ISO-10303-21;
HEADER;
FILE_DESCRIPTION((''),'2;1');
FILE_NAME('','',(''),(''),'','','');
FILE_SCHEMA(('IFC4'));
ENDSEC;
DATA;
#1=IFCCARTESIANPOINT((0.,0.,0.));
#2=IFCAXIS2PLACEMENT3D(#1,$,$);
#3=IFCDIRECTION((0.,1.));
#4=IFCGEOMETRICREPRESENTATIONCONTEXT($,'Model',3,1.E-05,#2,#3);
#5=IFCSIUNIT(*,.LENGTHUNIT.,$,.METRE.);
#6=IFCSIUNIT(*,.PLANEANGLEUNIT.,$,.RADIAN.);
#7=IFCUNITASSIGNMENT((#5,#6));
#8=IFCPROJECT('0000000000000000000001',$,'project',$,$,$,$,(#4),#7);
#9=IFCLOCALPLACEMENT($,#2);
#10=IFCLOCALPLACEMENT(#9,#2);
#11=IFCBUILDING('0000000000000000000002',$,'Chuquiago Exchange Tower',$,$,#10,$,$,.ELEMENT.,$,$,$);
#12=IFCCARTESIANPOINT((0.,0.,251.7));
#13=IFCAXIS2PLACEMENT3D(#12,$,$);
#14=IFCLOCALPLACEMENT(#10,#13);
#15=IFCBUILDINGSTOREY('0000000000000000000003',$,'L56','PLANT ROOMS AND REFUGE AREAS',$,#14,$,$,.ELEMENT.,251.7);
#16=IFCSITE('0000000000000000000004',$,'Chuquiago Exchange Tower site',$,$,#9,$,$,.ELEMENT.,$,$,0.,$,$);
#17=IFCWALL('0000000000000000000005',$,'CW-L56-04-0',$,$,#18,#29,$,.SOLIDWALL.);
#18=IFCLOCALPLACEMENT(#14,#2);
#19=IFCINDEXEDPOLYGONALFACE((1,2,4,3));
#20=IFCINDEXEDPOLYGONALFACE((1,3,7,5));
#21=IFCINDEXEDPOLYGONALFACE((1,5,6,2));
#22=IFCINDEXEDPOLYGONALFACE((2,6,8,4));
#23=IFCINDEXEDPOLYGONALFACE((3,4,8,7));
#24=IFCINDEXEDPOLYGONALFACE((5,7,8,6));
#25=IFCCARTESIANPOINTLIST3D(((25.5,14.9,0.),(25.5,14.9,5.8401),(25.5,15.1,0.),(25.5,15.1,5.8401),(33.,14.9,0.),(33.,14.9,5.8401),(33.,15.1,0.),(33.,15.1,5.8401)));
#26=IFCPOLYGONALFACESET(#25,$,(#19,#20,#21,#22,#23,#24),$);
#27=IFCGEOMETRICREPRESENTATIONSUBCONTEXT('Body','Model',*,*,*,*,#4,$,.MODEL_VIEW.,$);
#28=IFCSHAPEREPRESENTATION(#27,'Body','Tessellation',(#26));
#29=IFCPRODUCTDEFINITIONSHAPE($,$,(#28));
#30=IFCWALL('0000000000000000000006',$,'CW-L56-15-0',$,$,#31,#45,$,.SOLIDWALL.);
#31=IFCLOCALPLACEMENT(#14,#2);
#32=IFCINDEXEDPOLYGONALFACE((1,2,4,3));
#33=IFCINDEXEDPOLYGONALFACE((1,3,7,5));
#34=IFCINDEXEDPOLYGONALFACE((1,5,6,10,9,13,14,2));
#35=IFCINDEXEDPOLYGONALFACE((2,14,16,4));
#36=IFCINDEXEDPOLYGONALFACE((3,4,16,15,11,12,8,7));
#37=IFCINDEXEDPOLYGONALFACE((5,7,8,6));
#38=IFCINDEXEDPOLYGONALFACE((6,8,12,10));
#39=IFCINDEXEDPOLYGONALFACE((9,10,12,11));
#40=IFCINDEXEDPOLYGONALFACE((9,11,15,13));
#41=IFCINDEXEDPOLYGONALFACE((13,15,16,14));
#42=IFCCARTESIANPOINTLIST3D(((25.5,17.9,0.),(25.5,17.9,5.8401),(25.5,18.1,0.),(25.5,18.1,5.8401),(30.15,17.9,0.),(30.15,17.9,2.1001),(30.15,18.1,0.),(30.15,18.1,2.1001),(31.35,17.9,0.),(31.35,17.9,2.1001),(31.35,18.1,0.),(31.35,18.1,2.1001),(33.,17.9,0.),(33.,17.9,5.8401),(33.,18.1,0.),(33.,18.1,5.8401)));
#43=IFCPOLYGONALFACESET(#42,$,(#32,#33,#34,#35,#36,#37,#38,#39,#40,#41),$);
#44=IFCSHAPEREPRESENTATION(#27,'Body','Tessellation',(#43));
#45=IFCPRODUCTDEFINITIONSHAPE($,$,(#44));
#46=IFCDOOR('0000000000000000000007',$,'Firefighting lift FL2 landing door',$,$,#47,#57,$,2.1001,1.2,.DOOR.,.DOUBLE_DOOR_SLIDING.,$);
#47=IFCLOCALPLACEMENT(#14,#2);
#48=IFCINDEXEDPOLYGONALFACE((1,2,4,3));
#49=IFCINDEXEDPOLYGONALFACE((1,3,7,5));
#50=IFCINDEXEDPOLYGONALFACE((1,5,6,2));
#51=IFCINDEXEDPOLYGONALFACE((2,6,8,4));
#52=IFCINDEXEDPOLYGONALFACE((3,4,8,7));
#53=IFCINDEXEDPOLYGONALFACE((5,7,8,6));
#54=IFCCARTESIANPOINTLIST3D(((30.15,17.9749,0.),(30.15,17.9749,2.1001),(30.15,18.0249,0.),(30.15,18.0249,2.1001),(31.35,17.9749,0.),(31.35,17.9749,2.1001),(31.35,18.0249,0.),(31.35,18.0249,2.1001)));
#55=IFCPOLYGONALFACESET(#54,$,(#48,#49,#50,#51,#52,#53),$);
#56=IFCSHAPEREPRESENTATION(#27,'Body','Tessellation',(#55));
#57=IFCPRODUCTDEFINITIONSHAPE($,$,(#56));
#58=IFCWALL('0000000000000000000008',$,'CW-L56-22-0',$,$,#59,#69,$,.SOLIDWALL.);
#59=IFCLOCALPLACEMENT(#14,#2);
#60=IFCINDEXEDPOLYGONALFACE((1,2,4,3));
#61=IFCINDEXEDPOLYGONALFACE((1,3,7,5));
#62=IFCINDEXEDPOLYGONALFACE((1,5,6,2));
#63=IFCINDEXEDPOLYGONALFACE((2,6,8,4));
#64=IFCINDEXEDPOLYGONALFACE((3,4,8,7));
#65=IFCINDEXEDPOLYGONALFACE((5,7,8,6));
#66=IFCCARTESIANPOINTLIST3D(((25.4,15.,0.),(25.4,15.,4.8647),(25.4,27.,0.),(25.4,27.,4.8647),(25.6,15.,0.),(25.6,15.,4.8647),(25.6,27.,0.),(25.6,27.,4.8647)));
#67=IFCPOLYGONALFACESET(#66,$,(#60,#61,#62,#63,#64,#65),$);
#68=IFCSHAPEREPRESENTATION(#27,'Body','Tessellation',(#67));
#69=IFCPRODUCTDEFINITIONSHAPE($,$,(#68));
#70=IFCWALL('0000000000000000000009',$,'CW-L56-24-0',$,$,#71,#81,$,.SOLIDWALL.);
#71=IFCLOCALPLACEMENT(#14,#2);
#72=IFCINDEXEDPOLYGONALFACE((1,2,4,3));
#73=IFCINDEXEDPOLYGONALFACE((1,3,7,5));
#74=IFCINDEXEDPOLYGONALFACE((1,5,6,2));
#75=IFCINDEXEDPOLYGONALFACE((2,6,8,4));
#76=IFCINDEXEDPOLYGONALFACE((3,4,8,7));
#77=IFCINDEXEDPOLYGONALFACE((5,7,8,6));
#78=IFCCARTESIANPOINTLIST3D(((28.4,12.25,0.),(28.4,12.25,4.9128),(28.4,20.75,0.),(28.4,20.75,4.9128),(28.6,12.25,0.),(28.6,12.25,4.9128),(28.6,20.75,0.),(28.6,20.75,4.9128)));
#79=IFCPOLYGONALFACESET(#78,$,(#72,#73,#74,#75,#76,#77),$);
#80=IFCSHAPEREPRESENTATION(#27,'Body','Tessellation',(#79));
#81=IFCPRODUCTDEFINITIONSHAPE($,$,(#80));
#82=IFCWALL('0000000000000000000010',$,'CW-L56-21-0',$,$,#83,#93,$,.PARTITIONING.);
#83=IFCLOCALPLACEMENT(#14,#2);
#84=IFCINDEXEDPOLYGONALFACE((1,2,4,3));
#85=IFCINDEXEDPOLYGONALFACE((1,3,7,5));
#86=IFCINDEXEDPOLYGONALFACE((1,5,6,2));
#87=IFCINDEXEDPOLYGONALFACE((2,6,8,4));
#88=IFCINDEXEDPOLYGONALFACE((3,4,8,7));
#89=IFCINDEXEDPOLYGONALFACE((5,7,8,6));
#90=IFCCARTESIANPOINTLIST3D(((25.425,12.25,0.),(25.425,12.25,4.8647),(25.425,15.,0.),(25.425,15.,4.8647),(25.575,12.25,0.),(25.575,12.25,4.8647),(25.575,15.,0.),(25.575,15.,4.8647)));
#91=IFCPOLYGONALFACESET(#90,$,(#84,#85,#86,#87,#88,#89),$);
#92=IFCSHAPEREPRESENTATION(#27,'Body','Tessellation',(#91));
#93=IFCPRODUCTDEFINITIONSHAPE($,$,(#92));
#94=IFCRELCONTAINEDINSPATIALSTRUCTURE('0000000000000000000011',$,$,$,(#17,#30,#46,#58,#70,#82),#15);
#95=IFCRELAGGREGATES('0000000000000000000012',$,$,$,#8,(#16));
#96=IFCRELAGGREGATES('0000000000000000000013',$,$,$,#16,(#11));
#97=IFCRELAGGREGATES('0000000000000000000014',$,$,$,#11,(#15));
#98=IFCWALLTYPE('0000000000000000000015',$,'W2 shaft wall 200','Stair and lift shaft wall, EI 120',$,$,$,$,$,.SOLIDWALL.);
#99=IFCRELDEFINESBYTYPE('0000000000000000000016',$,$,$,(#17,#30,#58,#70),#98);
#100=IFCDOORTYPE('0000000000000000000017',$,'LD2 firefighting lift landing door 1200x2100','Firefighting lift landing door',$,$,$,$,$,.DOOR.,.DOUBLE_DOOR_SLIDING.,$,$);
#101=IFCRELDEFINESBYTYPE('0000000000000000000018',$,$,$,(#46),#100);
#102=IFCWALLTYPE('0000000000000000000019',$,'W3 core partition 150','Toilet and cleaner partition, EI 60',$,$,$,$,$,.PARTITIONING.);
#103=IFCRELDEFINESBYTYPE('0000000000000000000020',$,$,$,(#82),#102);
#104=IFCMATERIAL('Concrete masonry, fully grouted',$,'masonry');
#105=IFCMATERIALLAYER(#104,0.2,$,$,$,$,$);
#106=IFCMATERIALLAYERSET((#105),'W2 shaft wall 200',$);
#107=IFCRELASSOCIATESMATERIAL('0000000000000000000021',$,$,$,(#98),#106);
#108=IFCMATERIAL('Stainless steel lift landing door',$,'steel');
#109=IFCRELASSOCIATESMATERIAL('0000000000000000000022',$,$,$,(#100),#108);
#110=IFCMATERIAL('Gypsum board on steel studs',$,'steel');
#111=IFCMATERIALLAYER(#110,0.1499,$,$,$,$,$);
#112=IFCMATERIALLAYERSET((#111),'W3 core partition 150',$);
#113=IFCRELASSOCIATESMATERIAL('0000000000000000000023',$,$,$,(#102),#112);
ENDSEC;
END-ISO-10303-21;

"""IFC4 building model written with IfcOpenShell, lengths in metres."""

from ifc_helpers import new_model, si_unit, direction, frame, frame_2d, origin, place, context, subcontext, project, spatial, rectangle, extrude, material, layer, layer_set, type_object, element, fill, save


model = new_model("IFC4")

# Units and contexts
model_context = context("Model", 3, precision=1e-05, world=origin(), true_north=direction((0.0, 1.0)))
body_context = subcontext(model_context, "Body", "Model", "MODEL_VIEW")
ifc_project = project(units=[si_unit("LENGTHUNIT", "METRE"), si_unit("PLANEANGLEUNIT", "RADIAN")], contexts=[model_context])

# Site, building, storey
site_placement = place(None, origin())
site = spatial("IfcSite", under=ifc_project, at=site_placement, Name="Chuquiago Exchange Tower site", CompositionType="ELEMENT", RefElevation=0.0)
building_placement = place(site_placement, origin())
building = spatial("IfcBuilding", under=site, at=building_placement, Name="Chuquiago Exchange Tower", CompositionType="ELEMENT")
storey_placement = place(building_placement, frame((0.0, 0.0, 251.7)))
storey = spatial("IfcBuildingStorey", under=building, at=storey_placement, Name="L56", Description="PLANT ROOMS AND REFUGE AREAS", CompositionType="ELEMENT", Elevation=251.7)

# Wall
ifc_material_1 = material(Name="Concrete masonry, fully grouted", Category="masonry")
ifc_layer_1 = layer(ifc_material_1, 0.2)
ifc_layer_set_1 = layer_set([ifc_layer_1], Name="W2 shaft wall 200")
wall_type_1 = type_object("IfcWallType", Name="W2 shaft wall 200", Description="Stair and lift shaft wall, EI 120", PredefinedType="SOLIDWALL", material=ifc_layer_set_1)
wall_1_placement = place(storey_placement, frame((25.5, 15.0, 0.0), z_axis=(0.0, 0.0, 1.0), x_axis=(1.0, 0.0, 0.0)))
element("IfcWall", 1, at=wall_1_placement, inside=storey, type_object=wall_type_1, Name="CW-L56-04-0", PredefinedType="SOLIDWALL", context=body_context, shape_type="SweptSolid", body=[
    extrude(rectangle(XDim=7.5, YDim=0.2, at=frame_2d((3.75, 0.0))), origin(), (0.0, 0.0, 1.0), 5.8401),
])

# Wall, opening, door
wall_2_placement = place(storey_placement, frame((25.5, 18.0, 0.0), z_axis=(0.0, 0.0, 1.0), x_axis=(1.0, 0.0, 0.0)))
wall_2 = element("IfcWall", 2, at=wall_2_placement, inside=storey, type_object=wall_type_1, Name="CW-L56-15-0", PredefinedType="SOLIDWALL", context=body_context, shape_type="SweptSolid", body=[
    extrude(rectangle(XDim=7.5, YDim=0.2, at=frame_2d((3.75, 0.0))), origin(), (0.0, 0.0, 1.0), 5.8401),
])
opening_1_placement = place(wall_2_placement, frame((4.6499, 0.0, 0.0)))
opening_1 = element("IfcOpeningElement", 3, at=opening_1_placement, cuts=wall_2, PredefinedType="OPENING", context=body_context, shape_type="SweptSolid", body=[
    extrude(rectangle(XDim=1.2, YDim=2.1001, at=frame_2d((0.6001, 1.05))), frame((0.0, 0.1099, 0.0), z_axis=(0.0, -1.0, 0.0), x_axis=(1.0, 0.0, 0.0)), (0.0, 0.0, 1.0), 0.22),
])
ifc_material_2 = material(Name="Stainless steel lift landing door", Category="steel")
door_type_1 = type_object("IfcDoorType", Name="LD2 firefighting lift landing door 1200x2100", Description="Firefighting lift landing door", OperationType="DOUBLE_DOOR_SLIDING", PredefinedType="DOOR", material=ifc_material_2)
door_1_placement = place(opening_1_placement, origin())
door_1 = element("IfcDoor", 4, at=door_1_placement, inside=storey, type_object=door_type_1, Name="Firefighting lift FL2 landing door", OperationType="DOUBLE_DOOR_SLIDING", OverallHeight=2.1001, OverallWidth=1.2, PredefinedType="DOOR", context=body_context, shape_type="SweptSolid", body=[
    extrude(rectangle(XDim=1.2, YDim=2.1001, at=frame_2d((0.6001, 1.05))), frame((0.0, 0.0249, 0.0), z_axis=(0.0, -1.0, 0.0), x_axis=(1.0, 0.0, 0.0)), (0.0, 0.0, 1.0), 0.05),
])
fill(opening_1, door_1)

# Walls
wall_3_placement = place(storey_placement, frame((25.5, 15.0, 0.0), z_axis=(0.0, 0.0, 1.0), x_axis=(0.0, 1.0, 0.0)))
element("IfcWall", 5, at=wall_3_placement, inside=storey, type_object=wall_type_1, Name="CW-L56-22-0", PredefinedType="SOLIDWALL", context=body_context, shape_type="SweptSolid", body=[
    extrude(rectangle(XDim=12.0, YDim=0.2, at=frame_2d((6.0, 0.0))), origin(), (0.0, 0.0, 1.0), 4.8647),
])
wall_4_placement = place(storey_placement, frame((28.5, 12.25, 0.0), z_axis=(0.0, 0.0, 1.0), x_axis=(0.0, 1.0, 0.0)))
element("IfcWall", 6, at=wall_4_placement, inside=storey, type_object=wall_type_1, Name="CW-L56-24-0", PredefinedType="SOLIDWALL", context=body_context, shape_type="SweptSolid", body=[
    extrude(rectangle(XDim=8.5, YDim=0.2, at=frame_2d((4.25, 0.0))), origin(), (0.0, 0.0, 1.0), 4.9128),
])
ifc_material_3 = material(Name="Gypsum board on steel studs", Category="steel")
ifc_layer_2 = layer(ifc_material_3, 0.1499)
ifc_layer_set_2 = layer_set([ifc_layer_2], Name="W3 core partition 150")
wall_type_2 = type_object("IfcWallType", Name="W3 core partition 150", Description="Toilet and cleaner partition, EI 60", PredefinedType="PARTITIONING", material=ifc_layer_set_2)
wall_5_placement = place(storey_placement, frame((25.5, 12.25, 0.0), z_axis=(0.0, 0.0, 1.0), x_axis=(0.0, 1.0, 0.0)))
element("IfcWall", 7, at=wall_5_placement, inside=storey, type_object=wall_type_2, Name="CW-L56-21-0", PredefinedType="PARTITIONING", context=body_context, shape_type="SweptSolid", body=[
    extrude(rectangle(XDim=2.75, YDim=0.1499, at=frame_2d((1.375, 0.0))), origin(), (0.0, 0.0, 1.0), 4.8647),
])

save(model, "model.ifc")
